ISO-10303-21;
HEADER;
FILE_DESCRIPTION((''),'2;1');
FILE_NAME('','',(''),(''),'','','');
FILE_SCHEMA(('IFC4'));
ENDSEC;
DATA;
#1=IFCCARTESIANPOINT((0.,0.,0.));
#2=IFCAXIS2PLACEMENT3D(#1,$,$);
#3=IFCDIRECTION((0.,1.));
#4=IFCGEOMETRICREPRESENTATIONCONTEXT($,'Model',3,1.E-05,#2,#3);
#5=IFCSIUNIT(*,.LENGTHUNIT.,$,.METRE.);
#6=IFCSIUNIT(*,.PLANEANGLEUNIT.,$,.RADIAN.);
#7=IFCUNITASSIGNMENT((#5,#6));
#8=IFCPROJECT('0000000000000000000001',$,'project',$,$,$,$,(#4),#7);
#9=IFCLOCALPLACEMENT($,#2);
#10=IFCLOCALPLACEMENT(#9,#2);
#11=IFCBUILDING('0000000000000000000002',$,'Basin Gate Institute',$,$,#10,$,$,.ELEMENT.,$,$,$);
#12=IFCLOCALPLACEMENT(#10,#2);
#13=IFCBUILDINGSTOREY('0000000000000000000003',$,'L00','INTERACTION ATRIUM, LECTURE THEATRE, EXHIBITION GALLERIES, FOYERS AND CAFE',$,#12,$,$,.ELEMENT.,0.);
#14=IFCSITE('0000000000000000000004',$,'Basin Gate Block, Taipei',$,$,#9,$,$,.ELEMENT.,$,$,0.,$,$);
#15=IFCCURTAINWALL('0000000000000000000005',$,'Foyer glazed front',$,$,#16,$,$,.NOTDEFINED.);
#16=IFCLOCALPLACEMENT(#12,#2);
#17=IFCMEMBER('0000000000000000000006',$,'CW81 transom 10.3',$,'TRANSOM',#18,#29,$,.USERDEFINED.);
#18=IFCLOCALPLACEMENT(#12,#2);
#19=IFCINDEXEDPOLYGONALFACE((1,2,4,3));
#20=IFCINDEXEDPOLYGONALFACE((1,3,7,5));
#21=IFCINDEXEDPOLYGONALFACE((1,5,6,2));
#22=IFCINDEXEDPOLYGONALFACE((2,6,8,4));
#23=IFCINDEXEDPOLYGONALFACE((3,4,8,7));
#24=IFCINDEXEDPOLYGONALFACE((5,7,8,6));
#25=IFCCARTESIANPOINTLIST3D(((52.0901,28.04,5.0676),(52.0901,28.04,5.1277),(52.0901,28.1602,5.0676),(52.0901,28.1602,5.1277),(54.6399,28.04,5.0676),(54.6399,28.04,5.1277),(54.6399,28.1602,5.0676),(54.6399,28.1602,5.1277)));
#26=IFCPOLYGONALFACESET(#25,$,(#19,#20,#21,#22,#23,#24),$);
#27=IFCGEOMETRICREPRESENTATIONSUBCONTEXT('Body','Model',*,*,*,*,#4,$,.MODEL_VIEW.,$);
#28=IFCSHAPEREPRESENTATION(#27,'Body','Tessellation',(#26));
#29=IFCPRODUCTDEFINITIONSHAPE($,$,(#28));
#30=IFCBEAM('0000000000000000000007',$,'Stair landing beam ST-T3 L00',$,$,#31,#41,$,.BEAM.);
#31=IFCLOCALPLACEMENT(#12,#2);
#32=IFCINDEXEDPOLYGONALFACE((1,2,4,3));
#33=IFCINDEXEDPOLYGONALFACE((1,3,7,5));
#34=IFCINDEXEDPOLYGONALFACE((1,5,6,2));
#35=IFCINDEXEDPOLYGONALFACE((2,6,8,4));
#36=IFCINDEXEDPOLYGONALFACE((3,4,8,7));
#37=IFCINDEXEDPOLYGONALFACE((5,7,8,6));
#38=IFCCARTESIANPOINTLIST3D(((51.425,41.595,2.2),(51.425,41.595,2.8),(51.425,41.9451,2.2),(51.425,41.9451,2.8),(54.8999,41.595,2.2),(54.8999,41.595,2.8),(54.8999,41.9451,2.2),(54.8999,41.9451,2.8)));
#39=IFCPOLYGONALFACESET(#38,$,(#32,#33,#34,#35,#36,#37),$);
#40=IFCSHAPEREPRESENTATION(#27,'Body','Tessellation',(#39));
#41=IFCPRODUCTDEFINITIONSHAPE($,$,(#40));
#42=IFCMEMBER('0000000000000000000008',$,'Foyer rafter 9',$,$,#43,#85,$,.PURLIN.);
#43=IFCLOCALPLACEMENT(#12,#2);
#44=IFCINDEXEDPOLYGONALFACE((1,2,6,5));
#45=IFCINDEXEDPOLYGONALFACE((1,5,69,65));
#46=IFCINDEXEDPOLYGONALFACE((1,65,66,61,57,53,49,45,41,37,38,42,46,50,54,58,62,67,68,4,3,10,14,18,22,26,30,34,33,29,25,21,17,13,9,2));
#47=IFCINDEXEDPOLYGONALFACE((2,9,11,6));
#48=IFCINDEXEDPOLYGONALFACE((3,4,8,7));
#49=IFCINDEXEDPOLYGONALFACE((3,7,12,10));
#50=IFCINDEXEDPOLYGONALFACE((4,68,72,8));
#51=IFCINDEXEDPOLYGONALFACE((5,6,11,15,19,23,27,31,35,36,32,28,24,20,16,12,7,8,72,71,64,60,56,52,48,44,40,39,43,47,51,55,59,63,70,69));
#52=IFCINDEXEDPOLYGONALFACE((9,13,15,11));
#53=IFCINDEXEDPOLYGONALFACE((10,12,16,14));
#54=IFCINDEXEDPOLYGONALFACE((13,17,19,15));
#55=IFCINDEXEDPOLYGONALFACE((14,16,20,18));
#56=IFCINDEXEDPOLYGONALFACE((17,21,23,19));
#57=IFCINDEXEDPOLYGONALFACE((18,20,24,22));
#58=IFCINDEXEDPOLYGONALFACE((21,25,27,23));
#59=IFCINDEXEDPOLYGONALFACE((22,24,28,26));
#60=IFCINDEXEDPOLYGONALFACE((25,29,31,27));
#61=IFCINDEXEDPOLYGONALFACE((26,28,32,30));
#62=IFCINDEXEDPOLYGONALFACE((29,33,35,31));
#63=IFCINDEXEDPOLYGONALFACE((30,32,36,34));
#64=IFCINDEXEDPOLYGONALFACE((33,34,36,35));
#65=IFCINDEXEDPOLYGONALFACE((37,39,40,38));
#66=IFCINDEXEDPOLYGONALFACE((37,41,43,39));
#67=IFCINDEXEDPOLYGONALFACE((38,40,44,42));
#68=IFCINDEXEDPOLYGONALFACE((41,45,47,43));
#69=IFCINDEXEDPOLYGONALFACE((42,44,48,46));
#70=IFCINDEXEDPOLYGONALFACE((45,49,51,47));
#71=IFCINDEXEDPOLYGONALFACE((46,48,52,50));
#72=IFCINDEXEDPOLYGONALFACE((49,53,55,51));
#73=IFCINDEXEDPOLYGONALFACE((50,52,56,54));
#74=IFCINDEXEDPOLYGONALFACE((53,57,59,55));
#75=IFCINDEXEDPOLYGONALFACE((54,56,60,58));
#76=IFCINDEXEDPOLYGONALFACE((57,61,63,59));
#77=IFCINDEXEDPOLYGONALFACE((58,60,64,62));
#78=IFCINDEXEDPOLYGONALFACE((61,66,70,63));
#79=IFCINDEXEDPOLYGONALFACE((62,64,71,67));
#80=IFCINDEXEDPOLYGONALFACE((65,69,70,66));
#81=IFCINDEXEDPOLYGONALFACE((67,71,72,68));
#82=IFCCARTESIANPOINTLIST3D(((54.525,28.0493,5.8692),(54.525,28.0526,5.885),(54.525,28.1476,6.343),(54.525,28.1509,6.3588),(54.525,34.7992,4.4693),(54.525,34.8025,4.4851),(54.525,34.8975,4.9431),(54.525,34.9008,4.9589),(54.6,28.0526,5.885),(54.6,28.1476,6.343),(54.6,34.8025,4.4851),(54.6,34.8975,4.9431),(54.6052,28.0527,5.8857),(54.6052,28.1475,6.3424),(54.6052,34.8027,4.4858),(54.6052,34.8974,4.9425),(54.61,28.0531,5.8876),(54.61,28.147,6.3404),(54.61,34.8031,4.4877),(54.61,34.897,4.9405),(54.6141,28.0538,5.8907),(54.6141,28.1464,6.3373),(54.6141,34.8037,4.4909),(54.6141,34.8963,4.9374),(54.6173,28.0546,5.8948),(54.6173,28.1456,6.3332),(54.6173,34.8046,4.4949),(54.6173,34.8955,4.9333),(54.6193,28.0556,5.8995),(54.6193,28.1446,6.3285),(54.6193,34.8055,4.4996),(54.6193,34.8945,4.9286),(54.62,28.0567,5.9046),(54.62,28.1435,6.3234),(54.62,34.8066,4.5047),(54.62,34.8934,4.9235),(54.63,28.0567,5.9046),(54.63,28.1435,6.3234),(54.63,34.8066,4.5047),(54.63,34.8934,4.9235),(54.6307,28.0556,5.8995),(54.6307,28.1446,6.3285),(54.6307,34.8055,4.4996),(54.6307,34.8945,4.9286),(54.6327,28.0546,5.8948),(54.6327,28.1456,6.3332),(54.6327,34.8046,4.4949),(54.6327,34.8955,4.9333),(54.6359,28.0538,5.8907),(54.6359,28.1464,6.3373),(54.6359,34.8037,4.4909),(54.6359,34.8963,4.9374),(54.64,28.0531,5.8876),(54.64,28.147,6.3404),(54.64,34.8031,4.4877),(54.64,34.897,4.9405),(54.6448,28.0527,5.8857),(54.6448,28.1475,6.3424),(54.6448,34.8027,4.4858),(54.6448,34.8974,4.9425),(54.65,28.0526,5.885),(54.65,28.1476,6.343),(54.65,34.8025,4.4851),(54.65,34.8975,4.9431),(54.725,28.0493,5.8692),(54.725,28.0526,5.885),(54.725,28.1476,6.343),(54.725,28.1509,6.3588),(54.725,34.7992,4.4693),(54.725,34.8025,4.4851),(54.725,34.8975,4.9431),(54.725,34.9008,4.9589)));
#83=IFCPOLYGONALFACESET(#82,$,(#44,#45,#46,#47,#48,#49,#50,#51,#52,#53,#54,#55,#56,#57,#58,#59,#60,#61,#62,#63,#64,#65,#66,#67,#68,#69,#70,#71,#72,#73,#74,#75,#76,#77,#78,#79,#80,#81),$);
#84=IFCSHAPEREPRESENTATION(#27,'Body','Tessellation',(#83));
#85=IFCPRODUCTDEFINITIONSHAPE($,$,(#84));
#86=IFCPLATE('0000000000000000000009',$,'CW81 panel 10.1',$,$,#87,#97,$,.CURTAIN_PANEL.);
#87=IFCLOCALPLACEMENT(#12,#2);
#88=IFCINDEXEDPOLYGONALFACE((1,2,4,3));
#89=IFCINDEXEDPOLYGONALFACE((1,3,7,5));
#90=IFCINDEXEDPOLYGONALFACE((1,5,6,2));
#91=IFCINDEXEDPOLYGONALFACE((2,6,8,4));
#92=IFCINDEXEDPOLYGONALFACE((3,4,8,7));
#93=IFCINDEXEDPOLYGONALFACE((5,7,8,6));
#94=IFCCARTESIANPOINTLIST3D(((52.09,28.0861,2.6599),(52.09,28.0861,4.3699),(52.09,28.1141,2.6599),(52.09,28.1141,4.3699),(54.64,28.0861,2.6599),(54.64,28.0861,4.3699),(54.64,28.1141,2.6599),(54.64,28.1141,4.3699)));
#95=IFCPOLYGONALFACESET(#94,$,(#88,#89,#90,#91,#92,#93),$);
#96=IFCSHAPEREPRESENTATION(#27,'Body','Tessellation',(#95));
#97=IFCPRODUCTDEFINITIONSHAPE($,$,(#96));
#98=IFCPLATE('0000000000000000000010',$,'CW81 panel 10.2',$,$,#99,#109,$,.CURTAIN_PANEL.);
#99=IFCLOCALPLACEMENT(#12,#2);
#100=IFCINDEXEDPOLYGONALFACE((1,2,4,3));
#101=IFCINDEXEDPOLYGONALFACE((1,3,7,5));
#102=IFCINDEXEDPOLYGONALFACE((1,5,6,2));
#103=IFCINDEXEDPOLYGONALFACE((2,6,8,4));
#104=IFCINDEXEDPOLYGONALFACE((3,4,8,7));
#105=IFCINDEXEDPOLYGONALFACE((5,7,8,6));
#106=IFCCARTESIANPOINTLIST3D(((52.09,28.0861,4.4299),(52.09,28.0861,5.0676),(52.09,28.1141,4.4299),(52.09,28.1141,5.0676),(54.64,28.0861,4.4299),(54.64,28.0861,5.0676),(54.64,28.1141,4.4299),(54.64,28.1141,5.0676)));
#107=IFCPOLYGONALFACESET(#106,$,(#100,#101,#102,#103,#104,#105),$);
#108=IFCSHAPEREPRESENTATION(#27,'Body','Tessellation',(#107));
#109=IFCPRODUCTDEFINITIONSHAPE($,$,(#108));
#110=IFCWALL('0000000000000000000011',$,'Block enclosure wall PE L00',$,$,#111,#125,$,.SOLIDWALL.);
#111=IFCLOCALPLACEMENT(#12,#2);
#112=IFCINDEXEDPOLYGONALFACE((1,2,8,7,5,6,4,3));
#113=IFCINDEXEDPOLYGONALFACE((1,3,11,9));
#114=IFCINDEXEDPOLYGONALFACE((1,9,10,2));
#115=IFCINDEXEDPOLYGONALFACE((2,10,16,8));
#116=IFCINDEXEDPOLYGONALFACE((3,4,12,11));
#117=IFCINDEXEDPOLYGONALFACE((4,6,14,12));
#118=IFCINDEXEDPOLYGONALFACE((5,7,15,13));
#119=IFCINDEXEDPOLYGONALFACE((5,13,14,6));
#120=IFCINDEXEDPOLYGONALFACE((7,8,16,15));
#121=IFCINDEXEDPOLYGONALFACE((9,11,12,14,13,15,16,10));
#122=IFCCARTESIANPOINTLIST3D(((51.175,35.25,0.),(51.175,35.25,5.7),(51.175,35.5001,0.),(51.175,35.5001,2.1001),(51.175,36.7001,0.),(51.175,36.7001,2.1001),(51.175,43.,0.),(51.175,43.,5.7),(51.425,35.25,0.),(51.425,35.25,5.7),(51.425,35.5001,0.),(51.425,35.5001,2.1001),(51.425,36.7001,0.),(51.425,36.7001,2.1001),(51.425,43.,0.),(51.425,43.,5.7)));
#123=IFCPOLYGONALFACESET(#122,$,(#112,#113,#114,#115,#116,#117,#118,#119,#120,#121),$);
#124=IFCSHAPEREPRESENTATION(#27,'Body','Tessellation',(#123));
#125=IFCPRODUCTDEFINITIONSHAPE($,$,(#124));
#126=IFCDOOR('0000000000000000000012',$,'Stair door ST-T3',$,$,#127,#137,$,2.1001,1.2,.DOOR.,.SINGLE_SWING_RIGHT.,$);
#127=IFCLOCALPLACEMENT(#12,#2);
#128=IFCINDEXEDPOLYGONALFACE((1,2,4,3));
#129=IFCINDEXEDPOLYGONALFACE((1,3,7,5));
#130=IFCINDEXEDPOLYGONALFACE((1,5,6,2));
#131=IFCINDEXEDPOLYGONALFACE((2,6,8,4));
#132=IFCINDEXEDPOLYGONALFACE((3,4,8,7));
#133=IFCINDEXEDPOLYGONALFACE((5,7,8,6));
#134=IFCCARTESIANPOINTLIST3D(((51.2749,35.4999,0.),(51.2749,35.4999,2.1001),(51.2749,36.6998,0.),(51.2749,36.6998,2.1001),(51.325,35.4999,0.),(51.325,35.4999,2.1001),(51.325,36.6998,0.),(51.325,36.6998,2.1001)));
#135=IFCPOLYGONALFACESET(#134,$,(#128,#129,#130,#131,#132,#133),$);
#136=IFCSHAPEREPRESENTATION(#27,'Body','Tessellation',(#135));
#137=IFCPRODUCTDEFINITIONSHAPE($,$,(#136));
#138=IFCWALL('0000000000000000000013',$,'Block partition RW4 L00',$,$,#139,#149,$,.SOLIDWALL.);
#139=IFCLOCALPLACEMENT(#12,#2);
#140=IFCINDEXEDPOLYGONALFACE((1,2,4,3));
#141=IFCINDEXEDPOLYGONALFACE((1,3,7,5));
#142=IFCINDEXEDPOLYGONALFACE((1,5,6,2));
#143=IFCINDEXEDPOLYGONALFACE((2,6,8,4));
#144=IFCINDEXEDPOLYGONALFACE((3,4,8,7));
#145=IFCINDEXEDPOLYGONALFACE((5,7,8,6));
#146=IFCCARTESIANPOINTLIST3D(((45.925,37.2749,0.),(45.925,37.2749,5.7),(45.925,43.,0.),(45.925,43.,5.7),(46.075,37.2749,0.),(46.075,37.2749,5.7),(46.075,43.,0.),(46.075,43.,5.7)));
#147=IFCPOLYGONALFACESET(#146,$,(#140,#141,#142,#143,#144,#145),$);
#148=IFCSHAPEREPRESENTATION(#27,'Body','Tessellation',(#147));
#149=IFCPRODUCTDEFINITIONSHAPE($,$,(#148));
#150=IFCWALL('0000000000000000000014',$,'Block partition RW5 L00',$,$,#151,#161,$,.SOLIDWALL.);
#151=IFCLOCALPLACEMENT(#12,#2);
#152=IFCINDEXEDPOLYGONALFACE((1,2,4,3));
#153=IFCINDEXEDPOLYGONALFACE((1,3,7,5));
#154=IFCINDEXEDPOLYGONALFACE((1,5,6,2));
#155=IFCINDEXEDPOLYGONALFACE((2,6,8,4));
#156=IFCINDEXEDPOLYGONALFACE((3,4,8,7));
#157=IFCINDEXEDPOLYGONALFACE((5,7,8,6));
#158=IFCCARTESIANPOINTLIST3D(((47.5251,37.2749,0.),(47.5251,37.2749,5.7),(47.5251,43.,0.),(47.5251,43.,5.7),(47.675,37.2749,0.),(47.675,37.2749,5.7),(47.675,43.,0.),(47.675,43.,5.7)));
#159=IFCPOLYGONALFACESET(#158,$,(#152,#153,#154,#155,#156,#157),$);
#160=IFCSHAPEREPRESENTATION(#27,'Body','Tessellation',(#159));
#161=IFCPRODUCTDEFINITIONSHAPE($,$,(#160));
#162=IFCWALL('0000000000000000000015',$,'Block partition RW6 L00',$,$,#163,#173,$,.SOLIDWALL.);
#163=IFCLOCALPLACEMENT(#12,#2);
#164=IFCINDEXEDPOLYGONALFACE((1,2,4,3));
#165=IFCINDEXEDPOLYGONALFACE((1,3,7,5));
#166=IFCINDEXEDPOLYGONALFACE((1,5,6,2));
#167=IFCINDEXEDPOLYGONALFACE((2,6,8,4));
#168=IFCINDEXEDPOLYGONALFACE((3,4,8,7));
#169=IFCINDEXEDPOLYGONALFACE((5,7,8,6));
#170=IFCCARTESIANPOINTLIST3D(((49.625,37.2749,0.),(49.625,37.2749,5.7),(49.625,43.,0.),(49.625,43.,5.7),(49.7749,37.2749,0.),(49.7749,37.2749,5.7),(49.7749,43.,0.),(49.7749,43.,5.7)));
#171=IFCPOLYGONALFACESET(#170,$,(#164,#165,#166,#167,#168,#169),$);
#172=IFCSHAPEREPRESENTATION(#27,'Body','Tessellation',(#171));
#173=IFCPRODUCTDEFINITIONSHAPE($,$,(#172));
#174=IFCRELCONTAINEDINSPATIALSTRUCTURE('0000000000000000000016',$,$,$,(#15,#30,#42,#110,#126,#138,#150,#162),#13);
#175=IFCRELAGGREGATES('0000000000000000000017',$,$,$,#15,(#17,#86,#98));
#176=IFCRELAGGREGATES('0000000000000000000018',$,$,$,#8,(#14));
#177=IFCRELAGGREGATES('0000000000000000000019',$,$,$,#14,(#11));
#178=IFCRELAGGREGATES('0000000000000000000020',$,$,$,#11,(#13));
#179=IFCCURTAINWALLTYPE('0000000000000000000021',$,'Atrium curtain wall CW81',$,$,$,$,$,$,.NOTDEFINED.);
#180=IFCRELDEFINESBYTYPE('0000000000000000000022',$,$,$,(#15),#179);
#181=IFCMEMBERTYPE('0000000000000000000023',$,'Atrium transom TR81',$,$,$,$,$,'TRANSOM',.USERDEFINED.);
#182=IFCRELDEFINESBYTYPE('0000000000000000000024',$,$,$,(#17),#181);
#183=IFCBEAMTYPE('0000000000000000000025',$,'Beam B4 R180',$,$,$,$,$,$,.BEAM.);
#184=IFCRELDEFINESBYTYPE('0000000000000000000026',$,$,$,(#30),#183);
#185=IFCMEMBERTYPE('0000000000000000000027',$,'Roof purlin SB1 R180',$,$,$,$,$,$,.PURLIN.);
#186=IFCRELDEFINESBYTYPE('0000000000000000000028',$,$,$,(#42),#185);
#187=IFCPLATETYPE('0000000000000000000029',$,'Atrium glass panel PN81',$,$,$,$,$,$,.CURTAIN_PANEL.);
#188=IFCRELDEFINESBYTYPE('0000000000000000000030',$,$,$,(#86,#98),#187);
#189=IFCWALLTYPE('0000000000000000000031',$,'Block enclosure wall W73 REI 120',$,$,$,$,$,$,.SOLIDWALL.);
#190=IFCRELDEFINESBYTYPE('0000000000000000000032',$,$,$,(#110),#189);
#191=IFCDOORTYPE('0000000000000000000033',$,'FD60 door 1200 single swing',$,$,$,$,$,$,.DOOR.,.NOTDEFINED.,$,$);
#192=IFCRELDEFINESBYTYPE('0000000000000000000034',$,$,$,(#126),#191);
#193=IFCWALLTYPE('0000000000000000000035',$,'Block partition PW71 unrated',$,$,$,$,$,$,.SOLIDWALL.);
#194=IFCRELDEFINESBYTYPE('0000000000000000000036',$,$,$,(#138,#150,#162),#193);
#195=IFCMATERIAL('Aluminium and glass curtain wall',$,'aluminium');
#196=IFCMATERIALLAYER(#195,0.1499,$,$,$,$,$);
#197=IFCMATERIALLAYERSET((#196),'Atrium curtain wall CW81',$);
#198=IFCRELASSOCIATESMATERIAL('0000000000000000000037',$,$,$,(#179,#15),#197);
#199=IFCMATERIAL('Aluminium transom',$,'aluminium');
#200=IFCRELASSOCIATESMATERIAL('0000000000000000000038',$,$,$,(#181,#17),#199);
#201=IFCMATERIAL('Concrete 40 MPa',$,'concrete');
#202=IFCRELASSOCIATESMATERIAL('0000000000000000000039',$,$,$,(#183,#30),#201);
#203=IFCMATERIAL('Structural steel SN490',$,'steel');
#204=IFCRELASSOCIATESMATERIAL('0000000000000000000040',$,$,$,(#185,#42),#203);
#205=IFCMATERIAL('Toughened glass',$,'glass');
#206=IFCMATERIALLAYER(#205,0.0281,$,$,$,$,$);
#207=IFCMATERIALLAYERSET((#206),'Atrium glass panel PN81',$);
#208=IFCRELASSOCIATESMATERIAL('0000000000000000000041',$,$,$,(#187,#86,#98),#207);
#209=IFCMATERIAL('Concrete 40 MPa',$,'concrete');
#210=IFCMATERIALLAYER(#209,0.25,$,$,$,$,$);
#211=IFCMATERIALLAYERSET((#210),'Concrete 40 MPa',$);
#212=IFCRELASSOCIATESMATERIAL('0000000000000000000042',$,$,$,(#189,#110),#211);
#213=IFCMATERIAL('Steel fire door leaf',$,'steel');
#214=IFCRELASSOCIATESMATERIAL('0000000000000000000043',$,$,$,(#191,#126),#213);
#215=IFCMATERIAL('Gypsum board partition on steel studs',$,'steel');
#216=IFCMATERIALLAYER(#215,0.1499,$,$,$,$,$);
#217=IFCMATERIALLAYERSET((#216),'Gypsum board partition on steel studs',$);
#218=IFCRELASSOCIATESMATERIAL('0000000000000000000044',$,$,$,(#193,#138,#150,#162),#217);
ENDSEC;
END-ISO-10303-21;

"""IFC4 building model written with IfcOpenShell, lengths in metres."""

from ifc_helpers import new_model, si_unit, direction, frame, frame_2d, origin, origin_2d, place, context, subcontext, project, spatial, rectangle, i_section, extrude, material, layer, layer_set, material_profile, profile_set, type_object, element, fill, aggregate, save


model = new_model("IFC4")

# Units and contexts
model_context = context("Model", 3, precision=1e-05, world=origin(), true_north=direction((0.0, 1.0)))
body_context = subcontext(model_context, "Body", "Model", "MODEL_VIEW")
ifc_project = project(units=[si_unit("LENGTHUNIT", "METRE"), si_unit("PLANEANGLEUNIT", "RADIAN")], contexts=[model_context])

# Site, building, storey
site_placement = place(None, origin())
site = spatial("IfcSite", under=ifc_project, at=site_placement, Name="Basin Gate Block, Taipei", CompositionType="ELEMENT", RefElevation=0.0)
building_placement = place(site_placement, origin())
building = spatial("IfcBuilding", under=site, at=building_placement, Name="Basin Gate Institute", CompositionType="ELEMENT")
storey_placement = place(building_placement, origin())
storey = spatial("IfcBuildingStorey", under=building, at=storey_placement, Name="L00", Description="INTERACTION ATRIUM, LECTURE THEATRE, EXHIBITION GALLERIES, FOYERS AND CAFE", CompositionType="ELEMENT", Elevation=0.0)

# Curtain wall, member
ifc_material_1 = material(Name="Aluminium and glass curtain wall", Category="aluminium")
ifc_layer_1 = layer(ifc_material_1, 0.1499)
ifc_layer_set_1 = layer_set([ifc_layer_1], Name="Atrium curtain wall CW81")
curtain_wall_type = type_object("IfcCurtainWallType", Name="Atrium curtain wall CW81", PredefinedType="NOTDEFINED", material=ifc_layer_set_1)
curtain_wall_placement = place(storey_placement, origin())
curtain_wall = element("IfcCurtainWall", 1, at=curtain_wall_placement, inside=storey, type_object=curtain_wall_type, material=ifc_layer_set_1, Name="Foyer glazed front", PredefinedType="NOTDEFINED")
ifc_material_2 = material(Name="Aluminium transom", Category="aluminium")
ifc_material_profile_1 = material_profile(ifc_material_2, rectangle(XDim=0.1201, YDim=0.0601, at=origin_2d()), Name="Atrium transom TR81 120 x 60")
ifc_profile_set_1 = profile_set([ifc_material_profile_1], Name="Aluminium transom")
member_type_1 = type_object("IfcMemberType", Name="Atrium transom TR81", ElementType="TRANSOM", PredefinedType="USERDEFINED", material=ifc_profile_set_1)
member_1_placement = place(storey_placement, frame((52.0901, 28.1001, 5.0977), z_axis=(1.0, 0.0, 0.0), x_axis=(0.0, 1.0, 0.0)))
member_1 = element("IfcMember", 2, at=member_1_placement, type_object=member_type_1, material=ifc_profile_set_1, Name="CW81 transom 10.3", ObjectType="TRANSOM", PredefinedType="USERDEFINED", context=body_context, shape_type="SweptSolid", body=[
    extrude(rectangle(XDim=0.1201, YDim=0.0601, at=origin_2d()), origin(), (0.0, 0.0, 1.0), 2.5498),
])

# Beam
ifc_material_3 = material(Name="Concrete 40 MPa", Category="concrete")
ifc_material_profile_2 = material_profile(ifc_material_3, rectangle(XDim=0.3501, YDim=0.6001, at=origin_2d()), Name="Beam B4 350 x 600")
ifc_profile_set_2 = profile_set([ifc_material_profile_2], Name="Concrete 40 MPa")
beam_type = type_object("IfcBeamType", Name="Beam B4 R180", PredefinedType="BEAM", material=ifc_profile_set_2)
beam_placement = place(storey_placement, frame((51.425, 41.77, 2.5), z_axis=(1.0, 0.0, 0.0), x_axis=(0.0, 1.0, 0.0)))
element("IfcBeam", 3, at=beam_placement, inside=storey, type_object=beam_type, material=ifc_profile_set_2, Name="Stair landing beam ST-T3 L00", PredefinedType="BEAM", context=body_context, shape_type="SweptSolid", body=[
    extrude(rectangle(XDim=0.3501, YDim=0.6001, at=origin_2d()), origin(), (0.0, 0.0, 1.0), 3.4749),
])

# Member
ifc_material_4 = material(Name="Structural steel SN490", Category="steel")
ifc_material_profile_3 = material_profile(ifc_material_4, i_section(OverallWidth=0.2, OverallDepth=0.5, WebThickness=0.01, FlangeThickness=0.0161, FilletRadius=0.02, at=origin_2d()), Name="H500x200")
ifc_profile_set_3 = profile_set([ifc_material_profile_3], Name="Structural steel SN490")
member_type_2 = type_object("IfcMemberType", Name="Roof purlin SB1 R180", PredefinedType="PURLIN", material=ifc_profile_set_3)
member_2_placement = place(storey_placement, frame((54.625, 28.1001, 6.114), z_axis=(0.0, 0.979164, -0.203072), x_axis=(-1.0, 0.0, 0.0)))
element("IfcMember", 4, at=member_2_placement, inside=storey, type_object=member_type_2, material=ifc_profile_set_3, Name="Foyer rafter 9", PredefinedType="PURLIN", context=body_context, shape_type="SweptSolid", body=[
    extrude(i_section(OverallWidth=0.2, OverallDepth=0.5, WebThickness=0.01, FlangeThickness=0.0161, FilletRadius=0.02, at=origin_2d()), origin(), (0.0, 0.0, 1.0), 6.8936),
])

# Plates
ifc_material_5 = material(Name="Toughened glass", Category="glass")
ifc_layer_2 = layer(ifc_material_5, 0.0281)
ifc_layer_set_2 = layer_set([ifc_layer_2], Name="Atrium glass panel PN81")
plate_type = type_object("IfcPlateType", Name="Atrium glass panel PN81", PredefinedType="CURTAIN_PANEL", material=ifc_layer_set_2)
plate_1_placement = place(storey_placement, frame((53.365, 28.1001, 2.6599), z_axis=(0.0, 0.0, 1.0), x_axis=(1.0, 0.0, 0.0)))
plate_1 = element("IfcPlate", 5, at=plate_1_placement, type_object=plate_type, material=ifc_layer_set_2, Name="CW81 panel 10.1", PredefinedType="CURTAIN_PANEL", context=body_context, shape_type="SweptSolid", body=[
    extrude(rectangle(XDim=2.55, YDim=0.0281, at=origin_2d()), origin(), (0.0, 0.0, 1.0), 1.71),
])
plate_2_placement = place(storey_placement, frame((53.365, 28.1001, 4.4299), z_axis=(0.0, 0.0, 1.0), x_axis=(1.0, 0.0, 0.0)))
plate_2 = element("IfcPlate", 6, at=plate_2_placement, type_object=plate_type, material=ifc_layer_set_2, Name="CW81 panel 10.2", PredefinedType="CURTAIN_PANEL", context=body_context, shape_type="SweptSolid", body=[
    extrude(rectangle(XDim=2.55, YDim=0.0281, at=origin_2d()), origin(), (0.0, 0.0, 1.0), 0.6377),
])
aggregate(curtain_wall, [member_1, plate_1, plate_2])

# Wall, opening, door
ifc_material_6 = material(Name="Concrete 40 MPa", Category="concrete")
ifc_layer_3 = layer(ifc_material_6, 0.25)
ifc_layer_set_3 = layer_set([ifc_layer_3], Name="Concrete 40 MPa")
wall_type_1 = type_object("IfcWallType", Name="Block enclosure wall W73 REI 120", PredefinedType="SOLIDWALL", material=ifc_layer_set_3)
wall_1_placement = place(storey_placement, frame((51.3, 35.25, 0.0), z_axis=(0.0, 0.0, 1.0), x_axis=(0.0, 1.0, 0.0)))
wall_1 = element("IfcWall", 7, at=wall_1_placement, inside=storey, type_object=wall_type_1, material=ifc_layer_set_3, Name="Block enclosure wall PE L00", PredefinedType="SOLIDWALL", context=body_context, shape_type="SweptSolid", body=[
    extrude(rectangle(XDim=7.75, YDim=0.25, at=frame_2d((3.875, 0.0))), origin(), (0.0, 0.0, 1.0), 5.7),
])
opening_1_placement = place(wall_1_placement, frame((0.25, 0.0, 0.0)))
opening_1 = element("IfcOpeningElement", 8, at=opening_1_placement, cuts=wall_1, PredefinedType="OPENING", context=body_context, shape_type="SweptSolid", body=[
    extrude(rectangle(XDim=1.2, YDim=2.1001, at=frame_2d((0.6001, 1.05))), frame((0.0, 0.135, 0.0), z_axis=(0.0, -1.0, 0.0), x_axis=(1.0, 0.0, 0.0)), (0.0, 0.0, 1.0), 0.27),
])
ifc_material_7 = material(Name="Steel fire door leaf", Category="steel")
door_type_1 = type_object("IfcDoorType", Name="FD60 door 1200 single swing", OperationType="NOTDEFINED", PredefinedType="DOOR", material=ifc_material_7)
door_1_placement = place(opening_1_placement, frame((1.2, 0.0, 0.0), z_axis=(0.0, 0.0, 1.0), x_axis=(-1.0, 0.0, 0.0)))
door_1 = element("IfcDoor", 9, at=door_1_placement, inside=storey, type_object=door_type_1, material=ifc_material_7, Name="Stair door ST-T3", OperationType="SINGLE_SWING_RIGHT", OverallHeight=2.1001, OverallWidth=1.2, PredefinedType="DOOR", context=body_context, shape_type="SweptSolid", body=[
    extrude(rectangle(XDim=1.2, YDim=2.1001, at=frame_2d((0.6001, 1.05))), frame((0.0, 0.0249, 0.0), z_axis=(0.0, -1.0, 0.0), x_axis=(1.0, 0.0, 0.0)), (0.0, 0.0, 1.0), 0.05),
])
fill(opening_1, door_1)

# Walls
ifc_material_8 = material(Name="Gypsum board partition on steel studs", Category="steel")
ifc_layer_4 = layer(ifc_material_8, 0.1499)
ifc_layer_set_4 = layer_set([ifc_layer_4], Name="Gypsum board partition on steel studs")
wall_type_2 = type_object("IfcWallType", Name="Block partition PW71 unrated", PredefinedType="SOLIDWALL", material=ifc_layer_set_4)
for number, where, z_axis, x_axis, name in (
    (10, (46.0, 37.2749, 0.0), (0.0, 0.0, 1.0), (0.0, 1.0, 0.0), "Block partition RW4 L00"),
    (11, (47.6001, 37.2749, 0.0), (0.0, 0.0, 1.0), (0.0, 1.0, 0.0), "Block partition RW5 L00"),
    (12, (49.7, 37.2749, 0.0), (0.0, 0.0, 1.0), (0.0, 1.0, 0.0), "Block partition RW6 L00"),
):
    element("IfcWall", number, at=place(storey_placement, frame(where, z_axis=z_axis, x_axis=x_axis)), inside=storey, type_object=wall_type_2, material=ifc_layer_set_4, Name=name, PredefinedType="SOLIDWALL", context=body_context, shape_type="SweptSolid", body=[
        extrude(rectangle(XDim=5.7251, YDim=0.1499, at=frame_2d((2.8625, 0.0))), origin(), (0.0, 0.0, 1.0), 5.7),
    ])

save(model, "model.ifc")
